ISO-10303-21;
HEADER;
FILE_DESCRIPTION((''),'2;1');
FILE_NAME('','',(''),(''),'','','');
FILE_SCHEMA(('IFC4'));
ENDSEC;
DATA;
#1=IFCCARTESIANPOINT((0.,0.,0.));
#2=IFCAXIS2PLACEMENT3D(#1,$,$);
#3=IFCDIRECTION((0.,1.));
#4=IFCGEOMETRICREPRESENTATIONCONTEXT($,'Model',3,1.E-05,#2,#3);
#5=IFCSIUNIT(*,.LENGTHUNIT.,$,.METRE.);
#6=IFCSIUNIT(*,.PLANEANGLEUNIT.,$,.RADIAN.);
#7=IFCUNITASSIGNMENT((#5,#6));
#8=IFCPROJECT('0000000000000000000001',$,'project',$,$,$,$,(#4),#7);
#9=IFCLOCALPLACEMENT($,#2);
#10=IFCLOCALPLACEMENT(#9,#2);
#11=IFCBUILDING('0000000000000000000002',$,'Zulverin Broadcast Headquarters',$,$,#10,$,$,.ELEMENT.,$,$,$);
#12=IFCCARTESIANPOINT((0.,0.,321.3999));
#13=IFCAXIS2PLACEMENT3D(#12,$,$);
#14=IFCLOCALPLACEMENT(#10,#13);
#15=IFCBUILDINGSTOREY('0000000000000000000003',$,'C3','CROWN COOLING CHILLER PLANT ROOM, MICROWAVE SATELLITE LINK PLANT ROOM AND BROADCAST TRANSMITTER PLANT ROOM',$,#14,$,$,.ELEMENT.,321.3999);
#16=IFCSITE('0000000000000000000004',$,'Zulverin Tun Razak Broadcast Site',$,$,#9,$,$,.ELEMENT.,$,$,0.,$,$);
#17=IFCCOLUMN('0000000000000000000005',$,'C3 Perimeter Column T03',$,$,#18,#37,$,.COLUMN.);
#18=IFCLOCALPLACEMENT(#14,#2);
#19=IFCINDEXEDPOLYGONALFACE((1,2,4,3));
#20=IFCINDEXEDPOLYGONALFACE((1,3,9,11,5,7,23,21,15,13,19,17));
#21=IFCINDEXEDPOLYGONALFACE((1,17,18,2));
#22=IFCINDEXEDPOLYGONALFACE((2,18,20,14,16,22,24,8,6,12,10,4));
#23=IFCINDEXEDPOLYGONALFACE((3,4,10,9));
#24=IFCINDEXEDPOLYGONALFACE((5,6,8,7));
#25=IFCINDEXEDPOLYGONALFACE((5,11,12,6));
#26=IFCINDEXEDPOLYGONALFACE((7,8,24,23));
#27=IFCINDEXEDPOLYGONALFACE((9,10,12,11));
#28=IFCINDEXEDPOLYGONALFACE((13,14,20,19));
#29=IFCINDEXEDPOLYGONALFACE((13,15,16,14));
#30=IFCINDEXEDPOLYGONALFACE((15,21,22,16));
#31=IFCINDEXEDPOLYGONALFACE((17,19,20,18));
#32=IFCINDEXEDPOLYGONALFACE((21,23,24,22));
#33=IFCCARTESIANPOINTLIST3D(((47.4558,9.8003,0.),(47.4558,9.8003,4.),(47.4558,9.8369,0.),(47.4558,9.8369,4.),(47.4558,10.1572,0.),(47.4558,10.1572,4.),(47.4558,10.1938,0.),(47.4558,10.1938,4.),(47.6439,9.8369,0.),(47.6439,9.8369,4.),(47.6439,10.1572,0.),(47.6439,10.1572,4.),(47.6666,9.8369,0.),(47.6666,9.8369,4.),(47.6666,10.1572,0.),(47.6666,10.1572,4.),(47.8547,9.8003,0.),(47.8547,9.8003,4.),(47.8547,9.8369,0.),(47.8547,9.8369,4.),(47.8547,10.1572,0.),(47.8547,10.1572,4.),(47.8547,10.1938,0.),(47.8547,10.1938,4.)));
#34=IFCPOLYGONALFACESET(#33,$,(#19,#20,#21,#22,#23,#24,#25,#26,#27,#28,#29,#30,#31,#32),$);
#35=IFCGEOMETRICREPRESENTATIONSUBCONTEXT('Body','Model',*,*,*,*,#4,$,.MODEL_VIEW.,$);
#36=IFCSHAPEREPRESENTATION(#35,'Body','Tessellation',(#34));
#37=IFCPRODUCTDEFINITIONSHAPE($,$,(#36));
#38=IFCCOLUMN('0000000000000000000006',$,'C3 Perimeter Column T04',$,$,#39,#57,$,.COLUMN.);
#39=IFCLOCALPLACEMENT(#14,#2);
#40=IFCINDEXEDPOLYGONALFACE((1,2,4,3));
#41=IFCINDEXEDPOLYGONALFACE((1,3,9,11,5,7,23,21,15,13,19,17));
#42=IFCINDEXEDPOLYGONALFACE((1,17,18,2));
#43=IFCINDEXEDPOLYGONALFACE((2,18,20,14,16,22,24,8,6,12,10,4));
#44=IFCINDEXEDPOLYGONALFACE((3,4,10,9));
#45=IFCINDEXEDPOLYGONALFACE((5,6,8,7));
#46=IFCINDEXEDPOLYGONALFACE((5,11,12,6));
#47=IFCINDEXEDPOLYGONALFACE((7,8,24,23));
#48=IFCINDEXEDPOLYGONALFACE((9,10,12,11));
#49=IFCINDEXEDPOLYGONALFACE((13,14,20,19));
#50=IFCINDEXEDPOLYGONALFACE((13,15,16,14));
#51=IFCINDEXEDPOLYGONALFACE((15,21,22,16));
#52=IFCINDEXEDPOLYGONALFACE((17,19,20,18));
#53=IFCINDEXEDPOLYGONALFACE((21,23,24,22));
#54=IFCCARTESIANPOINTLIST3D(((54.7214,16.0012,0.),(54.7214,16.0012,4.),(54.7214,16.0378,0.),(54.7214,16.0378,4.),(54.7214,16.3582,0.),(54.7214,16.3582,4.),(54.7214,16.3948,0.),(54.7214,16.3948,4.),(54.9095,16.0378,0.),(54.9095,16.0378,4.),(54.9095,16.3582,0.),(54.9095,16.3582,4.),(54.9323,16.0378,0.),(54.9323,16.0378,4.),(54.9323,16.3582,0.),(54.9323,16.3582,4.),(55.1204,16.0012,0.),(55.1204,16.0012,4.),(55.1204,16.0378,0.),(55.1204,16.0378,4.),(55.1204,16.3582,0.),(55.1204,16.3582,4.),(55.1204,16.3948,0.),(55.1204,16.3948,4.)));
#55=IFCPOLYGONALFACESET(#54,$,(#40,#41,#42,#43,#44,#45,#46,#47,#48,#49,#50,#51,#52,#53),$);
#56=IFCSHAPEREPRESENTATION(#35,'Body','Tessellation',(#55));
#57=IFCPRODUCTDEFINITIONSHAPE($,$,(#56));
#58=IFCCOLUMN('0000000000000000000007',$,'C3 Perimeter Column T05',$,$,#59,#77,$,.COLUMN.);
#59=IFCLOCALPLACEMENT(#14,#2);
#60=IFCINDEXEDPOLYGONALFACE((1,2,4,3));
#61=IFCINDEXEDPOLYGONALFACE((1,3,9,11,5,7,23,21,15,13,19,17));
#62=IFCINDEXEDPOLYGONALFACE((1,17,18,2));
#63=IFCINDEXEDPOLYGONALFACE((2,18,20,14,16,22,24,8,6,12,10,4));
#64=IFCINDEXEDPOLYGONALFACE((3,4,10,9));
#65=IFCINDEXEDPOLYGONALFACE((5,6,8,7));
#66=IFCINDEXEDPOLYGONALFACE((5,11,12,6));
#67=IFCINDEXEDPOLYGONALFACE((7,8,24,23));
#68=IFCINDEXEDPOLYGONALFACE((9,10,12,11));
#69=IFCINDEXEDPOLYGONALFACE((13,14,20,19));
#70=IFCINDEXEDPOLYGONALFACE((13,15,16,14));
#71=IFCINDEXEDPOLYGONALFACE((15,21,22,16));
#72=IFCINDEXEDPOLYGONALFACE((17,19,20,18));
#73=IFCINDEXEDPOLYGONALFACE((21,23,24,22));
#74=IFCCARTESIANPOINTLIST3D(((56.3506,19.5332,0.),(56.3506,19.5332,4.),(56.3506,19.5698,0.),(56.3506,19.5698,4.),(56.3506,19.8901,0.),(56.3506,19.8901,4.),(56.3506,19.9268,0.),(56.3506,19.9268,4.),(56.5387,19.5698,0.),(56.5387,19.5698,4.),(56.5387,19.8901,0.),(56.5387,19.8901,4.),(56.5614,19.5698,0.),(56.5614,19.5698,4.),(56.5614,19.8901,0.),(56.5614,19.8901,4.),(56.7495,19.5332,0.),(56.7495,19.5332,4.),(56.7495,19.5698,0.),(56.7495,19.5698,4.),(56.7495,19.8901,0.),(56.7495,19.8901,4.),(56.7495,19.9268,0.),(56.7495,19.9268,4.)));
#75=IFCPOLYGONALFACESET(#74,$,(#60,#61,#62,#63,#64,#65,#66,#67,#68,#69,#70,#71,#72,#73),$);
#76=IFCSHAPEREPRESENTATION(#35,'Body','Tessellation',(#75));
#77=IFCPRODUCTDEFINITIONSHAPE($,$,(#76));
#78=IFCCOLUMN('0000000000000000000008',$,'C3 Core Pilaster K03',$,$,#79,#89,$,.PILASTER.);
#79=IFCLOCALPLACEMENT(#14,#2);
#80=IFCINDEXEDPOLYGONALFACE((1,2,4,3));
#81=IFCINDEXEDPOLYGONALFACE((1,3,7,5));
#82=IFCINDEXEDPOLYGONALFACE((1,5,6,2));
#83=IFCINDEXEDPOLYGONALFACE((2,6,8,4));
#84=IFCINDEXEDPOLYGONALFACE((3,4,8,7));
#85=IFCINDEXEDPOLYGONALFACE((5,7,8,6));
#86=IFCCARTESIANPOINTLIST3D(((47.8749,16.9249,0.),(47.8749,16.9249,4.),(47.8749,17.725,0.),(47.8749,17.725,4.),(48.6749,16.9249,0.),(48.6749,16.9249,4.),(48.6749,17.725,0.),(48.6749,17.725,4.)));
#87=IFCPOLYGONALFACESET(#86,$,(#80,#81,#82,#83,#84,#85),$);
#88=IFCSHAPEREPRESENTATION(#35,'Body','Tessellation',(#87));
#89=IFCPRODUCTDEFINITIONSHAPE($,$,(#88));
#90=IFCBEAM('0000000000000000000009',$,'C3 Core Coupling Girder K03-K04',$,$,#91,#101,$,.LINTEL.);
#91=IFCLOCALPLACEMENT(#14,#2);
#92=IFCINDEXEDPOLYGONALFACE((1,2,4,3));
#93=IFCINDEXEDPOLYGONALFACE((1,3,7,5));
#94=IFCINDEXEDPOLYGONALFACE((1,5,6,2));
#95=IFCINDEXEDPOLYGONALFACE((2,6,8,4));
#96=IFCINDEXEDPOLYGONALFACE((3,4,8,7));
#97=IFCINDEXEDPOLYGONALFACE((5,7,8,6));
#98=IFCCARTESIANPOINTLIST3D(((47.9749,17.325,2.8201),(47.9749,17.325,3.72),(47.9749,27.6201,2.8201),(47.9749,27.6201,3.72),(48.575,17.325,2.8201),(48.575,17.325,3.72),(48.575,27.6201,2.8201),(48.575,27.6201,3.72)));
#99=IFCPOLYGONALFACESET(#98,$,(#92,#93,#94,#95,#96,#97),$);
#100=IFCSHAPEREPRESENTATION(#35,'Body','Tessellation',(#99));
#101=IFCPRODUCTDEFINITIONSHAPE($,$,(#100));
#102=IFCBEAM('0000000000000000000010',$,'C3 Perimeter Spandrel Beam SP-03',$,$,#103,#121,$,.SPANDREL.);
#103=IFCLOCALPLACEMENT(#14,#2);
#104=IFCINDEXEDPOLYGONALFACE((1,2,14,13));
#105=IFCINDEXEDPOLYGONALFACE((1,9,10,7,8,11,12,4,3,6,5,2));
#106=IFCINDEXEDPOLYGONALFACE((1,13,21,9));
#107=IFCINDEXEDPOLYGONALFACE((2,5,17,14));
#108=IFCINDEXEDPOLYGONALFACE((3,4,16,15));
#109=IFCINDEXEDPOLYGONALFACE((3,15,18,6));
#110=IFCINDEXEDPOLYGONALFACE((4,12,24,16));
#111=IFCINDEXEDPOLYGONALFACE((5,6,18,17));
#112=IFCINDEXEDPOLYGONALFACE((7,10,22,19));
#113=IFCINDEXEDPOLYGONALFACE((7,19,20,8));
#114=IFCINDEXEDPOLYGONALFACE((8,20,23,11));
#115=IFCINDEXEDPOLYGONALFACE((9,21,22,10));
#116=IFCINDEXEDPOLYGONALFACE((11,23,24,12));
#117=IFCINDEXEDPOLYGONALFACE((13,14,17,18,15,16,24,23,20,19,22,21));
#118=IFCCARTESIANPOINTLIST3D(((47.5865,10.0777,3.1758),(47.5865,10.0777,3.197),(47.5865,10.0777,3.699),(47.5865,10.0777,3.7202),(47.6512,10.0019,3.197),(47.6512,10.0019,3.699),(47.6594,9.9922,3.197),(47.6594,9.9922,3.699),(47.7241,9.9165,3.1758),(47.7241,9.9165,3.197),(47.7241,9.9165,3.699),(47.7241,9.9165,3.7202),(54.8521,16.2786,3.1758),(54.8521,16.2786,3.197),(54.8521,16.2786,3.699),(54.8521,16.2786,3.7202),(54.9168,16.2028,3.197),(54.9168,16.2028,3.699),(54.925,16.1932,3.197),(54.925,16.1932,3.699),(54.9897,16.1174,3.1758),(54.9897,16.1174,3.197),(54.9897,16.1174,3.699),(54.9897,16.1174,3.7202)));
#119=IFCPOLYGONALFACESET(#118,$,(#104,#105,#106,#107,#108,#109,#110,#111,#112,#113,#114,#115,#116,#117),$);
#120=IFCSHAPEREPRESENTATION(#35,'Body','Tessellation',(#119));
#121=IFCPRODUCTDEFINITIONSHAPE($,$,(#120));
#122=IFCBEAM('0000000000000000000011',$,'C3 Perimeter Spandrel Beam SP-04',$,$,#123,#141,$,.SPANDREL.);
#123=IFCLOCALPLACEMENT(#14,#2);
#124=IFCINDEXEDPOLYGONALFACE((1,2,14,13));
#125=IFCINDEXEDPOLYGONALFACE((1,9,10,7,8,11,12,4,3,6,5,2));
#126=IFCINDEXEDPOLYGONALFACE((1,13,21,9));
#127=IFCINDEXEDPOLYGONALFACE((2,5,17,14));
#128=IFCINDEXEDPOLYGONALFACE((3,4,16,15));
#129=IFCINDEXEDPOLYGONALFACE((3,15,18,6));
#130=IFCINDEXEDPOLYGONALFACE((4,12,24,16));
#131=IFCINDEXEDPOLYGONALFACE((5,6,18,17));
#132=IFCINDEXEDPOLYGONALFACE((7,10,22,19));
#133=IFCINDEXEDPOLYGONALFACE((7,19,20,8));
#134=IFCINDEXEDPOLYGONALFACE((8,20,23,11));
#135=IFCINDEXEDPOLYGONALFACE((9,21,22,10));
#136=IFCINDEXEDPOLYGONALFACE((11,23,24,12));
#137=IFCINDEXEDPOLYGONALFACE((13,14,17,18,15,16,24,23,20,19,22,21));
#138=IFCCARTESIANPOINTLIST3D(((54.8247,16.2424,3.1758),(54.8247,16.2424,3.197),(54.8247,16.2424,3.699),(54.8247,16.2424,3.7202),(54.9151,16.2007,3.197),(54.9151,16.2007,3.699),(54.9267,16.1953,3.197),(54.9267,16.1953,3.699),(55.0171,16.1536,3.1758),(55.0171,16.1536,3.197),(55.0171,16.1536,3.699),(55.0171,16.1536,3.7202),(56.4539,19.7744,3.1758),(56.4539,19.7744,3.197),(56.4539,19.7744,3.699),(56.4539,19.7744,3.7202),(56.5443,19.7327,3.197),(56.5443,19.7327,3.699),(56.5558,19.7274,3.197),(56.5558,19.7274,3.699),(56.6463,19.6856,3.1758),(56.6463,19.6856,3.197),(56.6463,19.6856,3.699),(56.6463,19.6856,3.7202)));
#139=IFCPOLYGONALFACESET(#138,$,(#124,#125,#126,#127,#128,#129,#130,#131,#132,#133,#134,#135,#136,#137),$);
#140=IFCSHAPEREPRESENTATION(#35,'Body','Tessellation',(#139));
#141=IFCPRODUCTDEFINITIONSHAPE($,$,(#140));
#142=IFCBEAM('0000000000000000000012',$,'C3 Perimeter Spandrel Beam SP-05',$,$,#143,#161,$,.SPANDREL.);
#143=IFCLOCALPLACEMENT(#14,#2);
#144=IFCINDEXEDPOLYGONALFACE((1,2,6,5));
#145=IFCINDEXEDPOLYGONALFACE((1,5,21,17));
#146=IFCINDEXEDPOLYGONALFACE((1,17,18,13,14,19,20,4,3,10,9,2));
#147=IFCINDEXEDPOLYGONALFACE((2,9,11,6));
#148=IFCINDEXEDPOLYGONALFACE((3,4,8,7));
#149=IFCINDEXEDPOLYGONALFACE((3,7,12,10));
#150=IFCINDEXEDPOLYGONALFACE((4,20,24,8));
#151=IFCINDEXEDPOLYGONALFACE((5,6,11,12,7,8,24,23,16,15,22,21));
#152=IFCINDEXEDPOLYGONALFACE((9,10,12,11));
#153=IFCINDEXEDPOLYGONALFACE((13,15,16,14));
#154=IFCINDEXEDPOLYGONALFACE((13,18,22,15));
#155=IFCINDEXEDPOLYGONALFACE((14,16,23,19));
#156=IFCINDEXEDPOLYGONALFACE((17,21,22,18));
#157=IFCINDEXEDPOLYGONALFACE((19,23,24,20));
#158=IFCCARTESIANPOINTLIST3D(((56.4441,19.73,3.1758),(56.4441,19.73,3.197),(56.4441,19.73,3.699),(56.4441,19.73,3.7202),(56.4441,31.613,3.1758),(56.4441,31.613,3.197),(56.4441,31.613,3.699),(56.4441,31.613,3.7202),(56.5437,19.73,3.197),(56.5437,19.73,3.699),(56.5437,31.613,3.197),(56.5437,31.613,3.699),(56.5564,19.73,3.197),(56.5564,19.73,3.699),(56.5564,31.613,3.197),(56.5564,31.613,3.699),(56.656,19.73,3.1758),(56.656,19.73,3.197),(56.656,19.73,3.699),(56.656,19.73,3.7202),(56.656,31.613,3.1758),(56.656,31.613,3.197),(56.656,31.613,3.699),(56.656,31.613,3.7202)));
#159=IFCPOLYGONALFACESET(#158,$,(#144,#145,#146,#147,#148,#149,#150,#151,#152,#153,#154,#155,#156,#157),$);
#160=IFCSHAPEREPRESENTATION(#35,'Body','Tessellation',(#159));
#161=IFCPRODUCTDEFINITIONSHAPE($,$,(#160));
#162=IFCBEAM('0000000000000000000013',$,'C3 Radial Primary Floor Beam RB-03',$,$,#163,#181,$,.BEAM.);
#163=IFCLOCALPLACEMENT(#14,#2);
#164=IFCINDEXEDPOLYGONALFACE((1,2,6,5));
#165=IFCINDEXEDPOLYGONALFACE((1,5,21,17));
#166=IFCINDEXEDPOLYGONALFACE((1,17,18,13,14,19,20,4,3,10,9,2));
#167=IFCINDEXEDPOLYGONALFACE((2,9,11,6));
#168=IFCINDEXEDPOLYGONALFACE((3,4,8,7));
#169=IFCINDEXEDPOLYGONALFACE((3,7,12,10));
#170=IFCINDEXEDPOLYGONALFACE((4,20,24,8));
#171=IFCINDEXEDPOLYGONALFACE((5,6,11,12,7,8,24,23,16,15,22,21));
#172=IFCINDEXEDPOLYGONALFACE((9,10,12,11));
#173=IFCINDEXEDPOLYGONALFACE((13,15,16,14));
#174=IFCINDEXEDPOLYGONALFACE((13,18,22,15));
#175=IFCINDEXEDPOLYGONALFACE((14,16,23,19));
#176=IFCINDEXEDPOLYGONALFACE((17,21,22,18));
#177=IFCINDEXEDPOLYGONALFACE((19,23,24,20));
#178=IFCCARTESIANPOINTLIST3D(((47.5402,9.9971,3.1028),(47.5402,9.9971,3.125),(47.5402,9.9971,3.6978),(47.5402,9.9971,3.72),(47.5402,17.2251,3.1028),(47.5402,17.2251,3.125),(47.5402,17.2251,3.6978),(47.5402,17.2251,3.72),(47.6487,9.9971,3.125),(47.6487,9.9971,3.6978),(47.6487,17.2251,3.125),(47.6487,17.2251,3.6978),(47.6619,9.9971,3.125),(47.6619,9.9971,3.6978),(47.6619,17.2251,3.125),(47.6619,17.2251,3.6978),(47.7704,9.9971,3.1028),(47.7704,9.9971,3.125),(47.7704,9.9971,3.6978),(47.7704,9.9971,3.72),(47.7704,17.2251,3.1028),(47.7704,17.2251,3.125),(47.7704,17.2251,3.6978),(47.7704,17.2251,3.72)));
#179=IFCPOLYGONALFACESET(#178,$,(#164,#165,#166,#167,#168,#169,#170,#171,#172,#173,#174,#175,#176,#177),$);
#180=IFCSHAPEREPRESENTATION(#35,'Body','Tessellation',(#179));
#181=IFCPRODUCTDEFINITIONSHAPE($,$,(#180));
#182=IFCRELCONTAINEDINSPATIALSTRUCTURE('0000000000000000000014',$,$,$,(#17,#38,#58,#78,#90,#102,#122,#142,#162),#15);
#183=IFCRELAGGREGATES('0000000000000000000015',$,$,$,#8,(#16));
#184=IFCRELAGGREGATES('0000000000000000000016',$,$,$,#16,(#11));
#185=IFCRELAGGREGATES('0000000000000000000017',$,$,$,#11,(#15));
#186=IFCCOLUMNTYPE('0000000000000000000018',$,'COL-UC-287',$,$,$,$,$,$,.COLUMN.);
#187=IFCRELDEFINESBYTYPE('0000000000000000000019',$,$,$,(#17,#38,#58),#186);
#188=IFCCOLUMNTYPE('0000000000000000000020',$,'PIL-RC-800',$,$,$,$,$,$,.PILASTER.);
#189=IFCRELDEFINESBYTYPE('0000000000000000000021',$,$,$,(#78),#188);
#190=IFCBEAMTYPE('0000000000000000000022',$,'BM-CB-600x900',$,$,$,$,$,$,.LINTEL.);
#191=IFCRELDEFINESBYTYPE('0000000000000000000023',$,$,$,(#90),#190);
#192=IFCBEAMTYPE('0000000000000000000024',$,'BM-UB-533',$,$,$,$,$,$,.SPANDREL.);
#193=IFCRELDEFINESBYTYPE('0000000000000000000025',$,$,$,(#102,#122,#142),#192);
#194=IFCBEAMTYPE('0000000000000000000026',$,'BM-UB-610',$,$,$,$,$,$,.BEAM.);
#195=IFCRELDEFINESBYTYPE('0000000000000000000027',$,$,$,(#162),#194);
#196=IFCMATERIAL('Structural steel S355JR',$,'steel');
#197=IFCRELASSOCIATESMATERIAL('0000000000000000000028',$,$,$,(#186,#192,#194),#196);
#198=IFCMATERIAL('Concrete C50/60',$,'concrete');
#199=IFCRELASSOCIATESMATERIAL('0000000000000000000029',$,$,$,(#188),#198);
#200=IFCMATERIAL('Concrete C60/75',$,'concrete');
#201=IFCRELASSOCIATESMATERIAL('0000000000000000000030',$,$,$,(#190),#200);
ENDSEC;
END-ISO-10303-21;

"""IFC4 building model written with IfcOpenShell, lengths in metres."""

from ifc_helpers import new_model, si_unit, direction, frame, origin, origin_2d, place, context, subcontext, project, spatial, rectangle, i_section, extrude, material, material_profile, profile_set, type_object, element, save


model = new_model("IFC4")

# Units and contexts
model_context = context("Model", 3, precision=1e-05, world=origin(), true_north=direction((0.0, 1.0)))
body_context = subcontext(model_context, "Body", "Model", "MODEL_VIEW")
ifc_project = project(units=[si_unit("LENGTHUNIT", "METRE"), si_unit("PLANEANGLEUNIT", "RADIAN")], contexts=[model_context])

# Site, building, storey
site_placement = place(None, origin())
site = spatial("IfcSite", under=ifc_project, at=site_placement, Name="Zulverin Tun Razak Broadcast Site", CompositionType="ELEMENT", RefElevation=0.0)
building_placement = place(site_placement, origin())
building = spatial("IfcBuilding", under=site, at=building_placement, Name="Zulverin Broadcast Headquarters", CompositionType="ELEMENT")
storey_placement = place(building_placement, frame((0.0, 0.0, 321.3999)))
storey = spatial("IfcBuildingStorey", under=building, at=storey_placement, Name="C3", Description="CROWN COOLING CHILLER PLANT ROOM, MICROWAVE SATELLITE LINK PLANT ROOM AND BROADCAST TRANSMITTER PLANT ROOM", CompositionType="ELEMENT", Elevation=321.3999)

# Columns
ifc_material_1 = material(Name="Structural steel S355JR", Category="steel")
ifc_material_profile_1 = material_profile(ifc_material_1, i_section(OverallWidth=0.3989, OverallDepth=0.3936, WebThickness=0.0227, FlangeThickness=0.0366, at=origin_2d()), Name="Structural steel S355JR", Category="steel")
ifc_profile_set_1 = profile_set([ifc_material_profile_1], Name="Structural steel S355JR")
column_type_1 = type_object("IfcColumnType", Name="COL-UC-287", PredefinedType="COLUMN", material=ifc_profile_set_1)
for number, where, z_axis, x_axis, name in (
    (1, (47.6553, 9.9971, 0.0), (0.0, 0.0, 1.0), (1.0, 0.0, 0.0), "C3 Perimeter Column T03"),
    (2, (54.9209, 16.198, 0.0), (0.0, 0.0, 1.0), (1.0, 0.0, 0.0), "C3 Perimeter Column T04"),
    (3, (56.55, 19.73, 0.0), (0.0, 0.0, 1.0), (1.0, 0.0, 0.0), "C3 Perimeter Column T05"),
):
    element("IfcColumn", number, at=place(storey_placement, frame(where, z_axis=z_axis, x_axis=x_axis)), inside=storey, type_object=column_type_1, Name=name, PredefinedType="COLUMN", context=body_context, shape_type="SweptSolid", body=[
        extrude(i_section(OverallWidth=0.3989, OverallDepth=0.3936, WebThickness=0.0227, FlangeThickness=0.0366, at=origin_2d()), origin(), (0.0, 0.0, 1.0), 4.0),
    ])
ifc_material_2 = material(Name="Concrete C50/60", Category="concrete")
ifc_material_profile_2 = material_profile(ifc_material_2, rectangle(XDim=0.8, YDim=0.8, at=origin_2d()), Name="Concrete C50/60", Category="concrete")
ifc_profile_set_2 = profile_set([ifc_material_profile_2], Name="Concrete C50/60")
column_type_2 = type_object("IfcColumnType", Name="PIL-RC-800", PredefinedType="PILASTER", material=ifc_profile_set_2)
column_placement = place(storey_placement, frame((48.2749, 17.325, 0.0), z_axis=(0.0, 0.0, 1.0), x_axis=(1.0, 0.0, 0.0)))
element("IfcColumn", 4, at=column_placement, inside=storey, type_object=column_type_2, Name="C3 Core Pilaster K03", PredefinedType="PILASTER", context=body_context, shape_type="SweptSolid", body=[
    extrude(rectangle(XDim=0.8, YDim=0.8, at=origin_2d()), origin(), (0.0, 0.0, 1.0), 4.0),
])

# Beams
ifc_material_3 = material(Name="Concrete C60/75", Category="concrete")
ifc_material_profile_3 = material_profile(ifc_material_3, rectangle(XDim=0.6001, YDim=0.8999, at=origin_2d()), Name="Concrete C60/75", Category="concrete")
ifc_profile_set_3 = profile_set([ifc_material_profile_3], Name="Concrete C60/75")
beam_type_1 = type_object("IfcBeamType", Name="BM-CB-600x900", PredefinedType="LINTEL", material=ifc_profile_set_3)
beam_1_placement = place(storey_placement, frame((48.2749, 17.325, 3.27), z_axis=(0.0, 1.0, 0.0), x_axis=(-1.0, 0.0, 0.0)))
element("IfcBeam", 5, at=beam_1_placement, inside=storey, type_object=beam_type_1, Name="C3 Core Coupling Girder K03-K04", PredefinedType="LINTEL", context=body_context, shape_type="SweptSolid", body=[
    extrude(rectangle(XDim=0.6001, YDim=0.8999, at=origin_2d()), origin(), (0.0, 0.0, 1.0), 10.2952),
])
ifc_material_profile_4 = material_profile(ifc_material_1, i_section(OverallWidth=0.2119, OverallDepth=0.5444, WebThickness=0.0127, FlangeThickness=0.0212, at=origin_2d()), Name="Structural steel S355JR", Category="steel")
ifc_profile_set_4 = profile_set([ifc_material_profile_4], Name="Structural steel S355JR")
beam_type_2 = type_object("IfcBeamType", Name="BM-UB-533", PredefinedType="SPANDREL", material=ifc_profile_set_4)
beam_2_placement = place(storey_placement, frame((47.6553, 9.9971, 3.448), z_axis=(0.760639, 0.649175, 0.0), x_axis=(-0.649175, 0.760639, 0.0)))
element("IfcBeam", 6, at=beam_2_placement, inside=storey, type_object=beam_type_2, Name="C3 Perimeter Spandrel Beam SP-03", PredefinedType="SPANDREL", context=body_context, shape_type="SweptSolid", body=[
    extrude(i_section(OverallWidth=0.2119, OverallDepth=0.5444, WebThickness=0.0127, FlangeThickness=0.0212, at=origin_2d()), origin(), (0.0, 0.0, 1.0), 9.552),
])
beam_3_placement = place(storey_placement, frame((54.9209, 16.198, 3.448), z_axis=(0.418847, 0.908057, 0.0), x_axis=(-0.908057, 0.418847, 0.0)))
element("IfcBeam", 7, at=beam_3_placement, inside=storey, type_object=beam_type_2, Name="C3 Perimeter Spandrel Beam SP-04", PredefinedType="SPANDREL", context=body_context, shape_type="SweptSolid", body=[
    extrude(i_section(OverallWidth=0.2119, OverallDepth=0.5444, WebThickness=0.0127, FlangeThickness=0.0212, at=origin_2d()), origin(), (0.0, 0.0, 1.0), 3.8896),
])
beam_4_placement = place(storey_placement, frame((56.55, 19.73, 3.448), z_axis=(0.0, 1.0, 0.0), x_axis=(-1.0, 0.0, 0.0)))
element("IfcBeam", 8, at=beam_4_placement, inside=storey, type_object=beam_type_2, Name="C3 Perimeter Spandrel Beam SP-05", PredefinedType="SPANDREL", context=body_context, shape_type="SweptSolid", body=[
    extrude(i_section(OverallWidth=0.2119, OverallDepth=0.5444, WebThickness=0.0127, FlangeThickness=0.0212, at=origin_2d()), origin(), (0.0, 0.0, 1.0), 11.8831),
])
ifc_material_profile_5 = material_profile(ifc_material_1, i_section(OverallWidth=0.2302, OverallDepth=0.6172, WebThickness=0.0132, FlangeThickness=0.0222, at=origin_2d()), Name="Structural steel S355JR", Category="steel")
ifc_profile_set_5 = profile_set([ifc_material_profile_5], Name="Structural steel S355JR")
beam_type_3 = type_object("IfcBeamType", Name="BM-UB-610", PredefinedType="BEAM", material=ifc_profile_set_5)
beam_5_placement = place(storey_placement, frame((47.6553, 17.2251, 3.4114), z_axis=(0.0, -1.0, 0.0), x_axis=(1.0, 0.0, 0.0)))
element("IfcBeam", 9, at=beam_5_placement, inside=storey, type_object=beam_type_3, Name="C3 Radial Primary Floor Beam RB-03", PredefinedType="BEAM", context=body_context, shape_type="SweptSolid", body=[
    extrude(i_section(OverallWidth=0.2302, OverallDepth=0.6172, WebThickness=0.0132, FlangeThickness=0.0222, at=origin_2d()), origin(), (0.0, 0.0, 1.0), 7.228),
])

save(model, "model.ifc")
